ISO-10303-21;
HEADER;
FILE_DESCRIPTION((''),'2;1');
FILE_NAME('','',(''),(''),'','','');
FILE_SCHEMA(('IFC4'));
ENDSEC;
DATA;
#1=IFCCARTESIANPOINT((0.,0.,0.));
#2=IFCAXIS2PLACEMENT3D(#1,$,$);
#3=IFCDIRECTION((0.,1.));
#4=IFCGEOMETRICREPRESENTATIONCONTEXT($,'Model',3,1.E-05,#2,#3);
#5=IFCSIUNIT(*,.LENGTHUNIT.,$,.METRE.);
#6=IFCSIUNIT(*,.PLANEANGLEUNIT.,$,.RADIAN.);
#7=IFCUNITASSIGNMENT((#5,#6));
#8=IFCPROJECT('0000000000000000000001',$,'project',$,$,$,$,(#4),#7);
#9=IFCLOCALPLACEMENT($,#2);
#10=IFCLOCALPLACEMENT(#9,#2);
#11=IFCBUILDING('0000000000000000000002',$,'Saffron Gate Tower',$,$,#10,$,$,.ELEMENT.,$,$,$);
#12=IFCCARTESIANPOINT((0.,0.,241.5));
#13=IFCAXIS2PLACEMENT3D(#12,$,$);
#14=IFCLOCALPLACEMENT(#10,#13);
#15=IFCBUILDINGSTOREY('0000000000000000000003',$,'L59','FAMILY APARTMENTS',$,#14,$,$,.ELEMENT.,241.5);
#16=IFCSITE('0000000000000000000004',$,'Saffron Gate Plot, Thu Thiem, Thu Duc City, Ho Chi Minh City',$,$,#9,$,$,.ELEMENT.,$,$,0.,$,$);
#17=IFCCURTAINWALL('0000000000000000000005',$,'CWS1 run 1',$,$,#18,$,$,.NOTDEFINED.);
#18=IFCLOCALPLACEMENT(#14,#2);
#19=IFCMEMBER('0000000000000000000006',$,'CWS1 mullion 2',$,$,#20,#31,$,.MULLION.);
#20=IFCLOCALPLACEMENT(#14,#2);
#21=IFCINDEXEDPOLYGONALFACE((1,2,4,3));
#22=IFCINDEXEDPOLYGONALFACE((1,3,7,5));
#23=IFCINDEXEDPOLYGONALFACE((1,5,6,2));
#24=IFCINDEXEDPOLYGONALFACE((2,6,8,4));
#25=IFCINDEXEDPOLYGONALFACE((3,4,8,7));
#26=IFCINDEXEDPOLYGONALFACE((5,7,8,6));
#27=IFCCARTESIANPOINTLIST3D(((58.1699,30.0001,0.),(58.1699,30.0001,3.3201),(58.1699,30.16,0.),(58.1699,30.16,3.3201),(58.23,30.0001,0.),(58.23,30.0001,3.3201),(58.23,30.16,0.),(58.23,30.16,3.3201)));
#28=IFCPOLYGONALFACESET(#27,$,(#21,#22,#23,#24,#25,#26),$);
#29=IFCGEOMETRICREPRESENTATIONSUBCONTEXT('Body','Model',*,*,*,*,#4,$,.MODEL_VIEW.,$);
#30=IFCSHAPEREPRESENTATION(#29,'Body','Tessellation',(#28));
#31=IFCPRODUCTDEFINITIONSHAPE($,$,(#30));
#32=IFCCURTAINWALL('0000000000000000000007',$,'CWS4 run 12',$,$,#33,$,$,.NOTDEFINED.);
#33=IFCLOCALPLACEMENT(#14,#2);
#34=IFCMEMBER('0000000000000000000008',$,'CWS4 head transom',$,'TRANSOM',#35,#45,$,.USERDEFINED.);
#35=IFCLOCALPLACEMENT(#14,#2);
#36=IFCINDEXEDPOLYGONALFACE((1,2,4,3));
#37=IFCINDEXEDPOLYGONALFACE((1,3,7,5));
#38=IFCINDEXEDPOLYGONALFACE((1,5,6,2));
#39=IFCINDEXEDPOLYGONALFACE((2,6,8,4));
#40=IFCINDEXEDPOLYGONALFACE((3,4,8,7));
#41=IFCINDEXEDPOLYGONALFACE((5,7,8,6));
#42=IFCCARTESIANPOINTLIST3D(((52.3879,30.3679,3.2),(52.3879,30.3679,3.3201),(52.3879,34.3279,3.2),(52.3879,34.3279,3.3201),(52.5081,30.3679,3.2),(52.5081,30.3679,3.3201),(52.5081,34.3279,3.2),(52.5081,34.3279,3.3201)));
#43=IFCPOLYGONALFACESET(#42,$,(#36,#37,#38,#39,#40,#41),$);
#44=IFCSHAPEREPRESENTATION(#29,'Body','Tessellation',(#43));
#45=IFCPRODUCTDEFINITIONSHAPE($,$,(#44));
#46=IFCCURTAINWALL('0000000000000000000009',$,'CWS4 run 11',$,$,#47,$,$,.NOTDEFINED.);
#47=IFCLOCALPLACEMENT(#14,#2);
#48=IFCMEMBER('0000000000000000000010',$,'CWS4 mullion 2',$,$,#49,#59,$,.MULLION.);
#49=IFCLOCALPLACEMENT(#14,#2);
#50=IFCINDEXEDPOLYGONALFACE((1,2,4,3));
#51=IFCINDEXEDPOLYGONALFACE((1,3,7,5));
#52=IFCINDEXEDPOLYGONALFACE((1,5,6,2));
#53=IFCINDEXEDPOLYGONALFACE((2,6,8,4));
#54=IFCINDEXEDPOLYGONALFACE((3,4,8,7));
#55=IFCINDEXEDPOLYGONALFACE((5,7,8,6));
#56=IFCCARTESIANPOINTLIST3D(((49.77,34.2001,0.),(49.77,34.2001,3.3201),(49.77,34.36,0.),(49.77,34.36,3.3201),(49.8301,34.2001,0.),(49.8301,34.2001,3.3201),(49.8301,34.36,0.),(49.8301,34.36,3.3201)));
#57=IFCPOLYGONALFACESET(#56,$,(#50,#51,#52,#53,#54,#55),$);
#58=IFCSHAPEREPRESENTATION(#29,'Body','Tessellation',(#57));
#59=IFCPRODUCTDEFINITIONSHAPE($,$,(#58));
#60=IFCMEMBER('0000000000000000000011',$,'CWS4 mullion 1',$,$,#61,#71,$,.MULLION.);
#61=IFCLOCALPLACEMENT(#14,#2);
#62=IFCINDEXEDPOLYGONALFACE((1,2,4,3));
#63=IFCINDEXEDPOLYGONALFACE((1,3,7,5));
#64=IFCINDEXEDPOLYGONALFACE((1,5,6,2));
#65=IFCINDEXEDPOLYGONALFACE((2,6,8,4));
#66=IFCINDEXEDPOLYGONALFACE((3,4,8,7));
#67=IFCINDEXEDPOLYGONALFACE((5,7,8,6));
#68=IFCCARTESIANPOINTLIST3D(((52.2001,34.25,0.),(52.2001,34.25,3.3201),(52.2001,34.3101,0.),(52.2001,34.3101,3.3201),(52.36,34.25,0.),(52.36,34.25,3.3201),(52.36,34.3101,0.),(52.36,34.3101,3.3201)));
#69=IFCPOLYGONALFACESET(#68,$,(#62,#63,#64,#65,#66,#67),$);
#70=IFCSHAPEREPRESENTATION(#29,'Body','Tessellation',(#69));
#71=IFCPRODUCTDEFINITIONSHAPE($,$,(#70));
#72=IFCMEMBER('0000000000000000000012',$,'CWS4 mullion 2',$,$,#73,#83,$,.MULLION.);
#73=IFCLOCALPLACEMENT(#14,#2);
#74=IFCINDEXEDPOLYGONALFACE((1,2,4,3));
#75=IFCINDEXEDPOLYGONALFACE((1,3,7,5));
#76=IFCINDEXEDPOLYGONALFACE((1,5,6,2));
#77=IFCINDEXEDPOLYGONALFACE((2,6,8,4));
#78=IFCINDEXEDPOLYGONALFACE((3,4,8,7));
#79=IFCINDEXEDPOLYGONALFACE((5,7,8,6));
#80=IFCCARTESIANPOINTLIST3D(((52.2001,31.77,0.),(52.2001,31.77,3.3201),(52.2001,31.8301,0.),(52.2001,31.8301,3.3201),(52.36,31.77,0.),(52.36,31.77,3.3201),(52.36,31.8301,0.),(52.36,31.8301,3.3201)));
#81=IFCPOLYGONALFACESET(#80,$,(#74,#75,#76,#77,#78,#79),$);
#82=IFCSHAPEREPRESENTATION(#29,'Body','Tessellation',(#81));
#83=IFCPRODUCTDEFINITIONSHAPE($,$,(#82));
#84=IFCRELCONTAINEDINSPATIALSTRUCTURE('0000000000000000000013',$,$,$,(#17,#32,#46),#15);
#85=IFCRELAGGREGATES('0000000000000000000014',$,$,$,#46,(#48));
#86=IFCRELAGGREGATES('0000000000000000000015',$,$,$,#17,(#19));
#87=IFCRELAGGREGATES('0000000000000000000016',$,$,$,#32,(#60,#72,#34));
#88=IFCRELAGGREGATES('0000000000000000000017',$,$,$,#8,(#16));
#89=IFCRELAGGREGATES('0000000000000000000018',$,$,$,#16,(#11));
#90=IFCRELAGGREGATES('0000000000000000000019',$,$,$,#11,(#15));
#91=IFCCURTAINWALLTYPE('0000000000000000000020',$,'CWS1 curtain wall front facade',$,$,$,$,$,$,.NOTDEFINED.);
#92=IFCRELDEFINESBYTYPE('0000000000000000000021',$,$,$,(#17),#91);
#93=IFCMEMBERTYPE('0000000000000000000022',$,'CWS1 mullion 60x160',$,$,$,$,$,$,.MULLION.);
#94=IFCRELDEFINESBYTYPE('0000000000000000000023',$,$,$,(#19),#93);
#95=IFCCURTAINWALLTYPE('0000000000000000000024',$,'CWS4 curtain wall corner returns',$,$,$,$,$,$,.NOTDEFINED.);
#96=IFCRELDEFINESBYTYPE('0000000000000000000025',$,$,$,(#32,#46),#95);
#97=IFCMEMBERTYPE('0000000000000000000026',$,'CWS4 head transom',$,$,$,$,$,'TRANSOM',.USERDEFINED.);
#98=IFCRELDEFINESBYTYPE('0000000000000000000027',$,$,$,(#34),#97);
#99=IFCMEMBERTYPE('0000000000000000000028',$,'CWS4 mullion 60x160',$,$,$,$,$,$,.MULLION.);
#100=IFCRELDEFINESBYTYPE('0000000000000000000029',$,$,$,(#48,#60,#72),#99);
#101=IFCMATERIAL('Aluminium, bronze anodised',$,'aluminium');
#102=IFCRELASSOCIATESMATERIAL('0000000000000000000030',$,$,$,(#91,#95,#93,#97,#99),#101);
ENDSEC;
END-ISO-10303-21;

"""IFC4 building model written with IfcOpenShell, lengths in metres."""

from ifc_helpers import new_model, si_unit, direction, frame, origin, origin_2d, place, context, subcontext, project, spatial, rectangle, extrude, material, material_profile, profile_set, type_object, element, aggregate, save


model = new_model("IFC4")

# Units and contexts
model_context = context("Model", 3, precision=1e-05, world=origin(), true_north=direction((0.0, 1.0)))
body_context = subcontext(model_context, "Body", "Model", "MODEL_VIEW")
ifc_project = project(units=[si_unit("LENGTHUNIT", "METRE"), si_unit("PLANEANGLEUNIT", "RADIAN")], contexts=[model_context])

# Site, building, storey
site_placement = place(None, origin())
site = spatial("IfcSite", under=ifc_project, at=site_placement, Name="Saffron Gate Plot, Thu Thiem, Thu Duc City, Ho Chi Minh City", CompositionType="ELEMENT", RefElevation=0.0)
building_placement = place(site_placement, origin())
building = spatial("IfcBuilding", under=site, at=building_placement, Name="Saffron Gate Tower", CompositionType="ELEMENT")
storey_placement = place(building_placement, frame((0.0, 0.0, 241.5)))
storey = spatial("IfcBuildingStorey", under=building, at=storey_placement, Name="L59", Description="FAMILY APARTMENTS", CompositionType="ELEMENT", Elevation=241.5)

# Curtain wall, member
ifc_material_1 = material(Name="Aluminium, bronze anodised", Category="aluminium")
curtain_wall_type_1 = type_object("IfcCurtainWallType", Name="CWS1 curtain wall front facade", PredefinedType="NOTDEFINED", material=ifc_material_1)
curtain_wall_1_placement = place(storey_placement, origin())
curtain_wall_1 = element("IfcCurtainWall", 1, at=curtain_wall_1_placement, inside=storey, type_object=curtain_wall_type_1, Name="CWS1 run 1", PredefinedType="NOTDEFINED")
ifc_material_profile_1 = material_profile(ifc_material_1, rectangle(XDim=0.1599, YDim=0.0601, at=origin_2d()))
ifc_profile_set_1 = profile_set([ifc_material_profile_1], Name="Aluminium, bronze anodised")
member_type_1 = type_object("IfcMemberType", Name="CWS1 mullion 60x160", PredefinedType="MULLION", material=ifc_profile_set_1)
member_1_placement = place(storey_placement, frame((58.2, 30.0801, 0.0), z_axis=(0.0, 0.0, 1.0), x_axis=(0.0, 1.0, 0.0)))
member_1 = element("IfcMember", 2, at=member_1_placement, type_object=member_type_1, Name="CWS1 mullion 2", PredefinedType="MULLION", context=body_context, shape_type="SweptSolid", body=[
    extrude(rectangle(XDim=0.1599, YDim=0.0601, at=origin_2d()), origin(), (0.0, 0.0, 1.0), 3.3201),
])

# Curtain walls, members
curtain_wall_type_2 = type_object("IfcCurtainWallType", Name="CWS4 curtain wall corner returns", PredefinedType="NOTDEFINED", material=ifc_material_1)
curtain_wall_2_placement = place(storey_placement, origin())
curtain_wall_2 = element("IfcCurtainWall", 3, at=curtain_wall_2_placement, inside=storey, type_object=curtain_wall_type_2, Name="CWS4 run 12", PredefinedType="NOTDEFINED")
ifc_material_profile_2 = material_profile(ifc_material_1, rectangle(XDim=0.1201, YDim=0.1201, at=origin_2d()))
ifc_profile_set_2 = profile_set([ifc_material_profile_2], Name="Aluminium, bronze anodised")
member_type_2 = type_object("IfcMemberType", Name="CWS4 head transom", ElementType="TRANSOM", PredefinedType="USERDEFINED", material=ifc_profile_set_2)
member_2_placement = place(storey_placement, frame((52.448, 34.3279, 3.26), z_axis=(0.0, -1.0, 0.0), x_axis=(1.0, 0.0, 0.0)))
member_2 = element("IfcMember", 4, at=member_2_placement, type_object=member_type_2, Name="CWS4 head transom", ObjectType="TRANSOM", PredefinedType="USERDEFINED", context=body_context, shape_type="SweptSolid", body=[
    extrude(rectangle(XDim=0.1201, YDim=0.1201, at=origin_2d()), origin(), (0.0, 0.0, 1.0), 3.96),
])
curtain_wall_3_placement = place(storey_placement, origin())
curtain_wall_3 = element("IfcCurtainWall", 5, at=curtain_wall_3_placement, inside=storey, type_object=curtain_wall_type_2, Name="CWS4 run 11", PredefinedType="NOTDEFINED")
ifc_material_profile_3 = material_profile(ifc_material_1, rectangle(XDim=0.1599, YDim=0.0601, at=origin_2d()))
ifc_profile_set_3 = profile_set([ifc_material_profile_3], Name="Aluminium, bronze anodised")
member_type_3 = type_object("IfcMemberType", Name="CWS4 mullion 60x160", PredefinedType="MULLION", material=ifc_profile_set_3)
member_3_placement = place(storey_placement, frame((49.8, 34.28, 0.0), z_axis=(0.0, 0.0, 1.0), x_axis=(0.0, 1.0, 0.0)))
member_3 = element("IfcMember", 6, at=member_3_placement, type_object=member_type_3, Name="CWS4 mullion 2", PredefinedType="MULLION", context=body_context, shape_type="SweptSolid", body=[
    extrude(rectangle(XDim=0.1599, YDim=0.0601, at=origin_2d()), origin(), (0.0, 0.0, 1.0), 3.3201),
])
aggregate(curtain_wall_3, [member_3])

# Members
member_4_placement = place(storey_placement, frame((52.28, 34.28, 0.0), z_axis=(0.0, 0.0, 1.0), x_axis=(1.0, 0.0, 0.0)))
member_4 = element("IfcMember", 7, at=member_4_placement, type_object=member_type_3, Name="CWS4 mullion 1", PredefinedType="MULLION", context=body_context, shape_type="SweptSolid", body=[
    extrude(rectangle(XDim=0.1599, YDim=0.0601, at=origin_2d()), origin(), (0.0, 0.0, 1.0), 3.3201),
])
member_5_placement = place(storey_placement, frame((52.28, 31.8, 0.0), z_axis=(0.0, 0.0, 1.0), x_axis=(1.0, 0.0, 0.0)))
member_5 = element("IfcMember", 8, at=member_5_placement, type_object=member_type_3, Name="CWS4 mullion 2", PredefinedType="MULLION", context=body_context, shape_type="SweptSolid", body=[
    extrude(rectangle(XDim=0.1599, YDim=0.0601, at=origin_2d()), origin(), (0.0, 0.0, 1.0), 3.3201),
])

aggregate(curtain_wall_1, [member_1])

aggregate(curtain_wall_2, [member_4, member_5, member_2])

save(model, "model.ifc")
